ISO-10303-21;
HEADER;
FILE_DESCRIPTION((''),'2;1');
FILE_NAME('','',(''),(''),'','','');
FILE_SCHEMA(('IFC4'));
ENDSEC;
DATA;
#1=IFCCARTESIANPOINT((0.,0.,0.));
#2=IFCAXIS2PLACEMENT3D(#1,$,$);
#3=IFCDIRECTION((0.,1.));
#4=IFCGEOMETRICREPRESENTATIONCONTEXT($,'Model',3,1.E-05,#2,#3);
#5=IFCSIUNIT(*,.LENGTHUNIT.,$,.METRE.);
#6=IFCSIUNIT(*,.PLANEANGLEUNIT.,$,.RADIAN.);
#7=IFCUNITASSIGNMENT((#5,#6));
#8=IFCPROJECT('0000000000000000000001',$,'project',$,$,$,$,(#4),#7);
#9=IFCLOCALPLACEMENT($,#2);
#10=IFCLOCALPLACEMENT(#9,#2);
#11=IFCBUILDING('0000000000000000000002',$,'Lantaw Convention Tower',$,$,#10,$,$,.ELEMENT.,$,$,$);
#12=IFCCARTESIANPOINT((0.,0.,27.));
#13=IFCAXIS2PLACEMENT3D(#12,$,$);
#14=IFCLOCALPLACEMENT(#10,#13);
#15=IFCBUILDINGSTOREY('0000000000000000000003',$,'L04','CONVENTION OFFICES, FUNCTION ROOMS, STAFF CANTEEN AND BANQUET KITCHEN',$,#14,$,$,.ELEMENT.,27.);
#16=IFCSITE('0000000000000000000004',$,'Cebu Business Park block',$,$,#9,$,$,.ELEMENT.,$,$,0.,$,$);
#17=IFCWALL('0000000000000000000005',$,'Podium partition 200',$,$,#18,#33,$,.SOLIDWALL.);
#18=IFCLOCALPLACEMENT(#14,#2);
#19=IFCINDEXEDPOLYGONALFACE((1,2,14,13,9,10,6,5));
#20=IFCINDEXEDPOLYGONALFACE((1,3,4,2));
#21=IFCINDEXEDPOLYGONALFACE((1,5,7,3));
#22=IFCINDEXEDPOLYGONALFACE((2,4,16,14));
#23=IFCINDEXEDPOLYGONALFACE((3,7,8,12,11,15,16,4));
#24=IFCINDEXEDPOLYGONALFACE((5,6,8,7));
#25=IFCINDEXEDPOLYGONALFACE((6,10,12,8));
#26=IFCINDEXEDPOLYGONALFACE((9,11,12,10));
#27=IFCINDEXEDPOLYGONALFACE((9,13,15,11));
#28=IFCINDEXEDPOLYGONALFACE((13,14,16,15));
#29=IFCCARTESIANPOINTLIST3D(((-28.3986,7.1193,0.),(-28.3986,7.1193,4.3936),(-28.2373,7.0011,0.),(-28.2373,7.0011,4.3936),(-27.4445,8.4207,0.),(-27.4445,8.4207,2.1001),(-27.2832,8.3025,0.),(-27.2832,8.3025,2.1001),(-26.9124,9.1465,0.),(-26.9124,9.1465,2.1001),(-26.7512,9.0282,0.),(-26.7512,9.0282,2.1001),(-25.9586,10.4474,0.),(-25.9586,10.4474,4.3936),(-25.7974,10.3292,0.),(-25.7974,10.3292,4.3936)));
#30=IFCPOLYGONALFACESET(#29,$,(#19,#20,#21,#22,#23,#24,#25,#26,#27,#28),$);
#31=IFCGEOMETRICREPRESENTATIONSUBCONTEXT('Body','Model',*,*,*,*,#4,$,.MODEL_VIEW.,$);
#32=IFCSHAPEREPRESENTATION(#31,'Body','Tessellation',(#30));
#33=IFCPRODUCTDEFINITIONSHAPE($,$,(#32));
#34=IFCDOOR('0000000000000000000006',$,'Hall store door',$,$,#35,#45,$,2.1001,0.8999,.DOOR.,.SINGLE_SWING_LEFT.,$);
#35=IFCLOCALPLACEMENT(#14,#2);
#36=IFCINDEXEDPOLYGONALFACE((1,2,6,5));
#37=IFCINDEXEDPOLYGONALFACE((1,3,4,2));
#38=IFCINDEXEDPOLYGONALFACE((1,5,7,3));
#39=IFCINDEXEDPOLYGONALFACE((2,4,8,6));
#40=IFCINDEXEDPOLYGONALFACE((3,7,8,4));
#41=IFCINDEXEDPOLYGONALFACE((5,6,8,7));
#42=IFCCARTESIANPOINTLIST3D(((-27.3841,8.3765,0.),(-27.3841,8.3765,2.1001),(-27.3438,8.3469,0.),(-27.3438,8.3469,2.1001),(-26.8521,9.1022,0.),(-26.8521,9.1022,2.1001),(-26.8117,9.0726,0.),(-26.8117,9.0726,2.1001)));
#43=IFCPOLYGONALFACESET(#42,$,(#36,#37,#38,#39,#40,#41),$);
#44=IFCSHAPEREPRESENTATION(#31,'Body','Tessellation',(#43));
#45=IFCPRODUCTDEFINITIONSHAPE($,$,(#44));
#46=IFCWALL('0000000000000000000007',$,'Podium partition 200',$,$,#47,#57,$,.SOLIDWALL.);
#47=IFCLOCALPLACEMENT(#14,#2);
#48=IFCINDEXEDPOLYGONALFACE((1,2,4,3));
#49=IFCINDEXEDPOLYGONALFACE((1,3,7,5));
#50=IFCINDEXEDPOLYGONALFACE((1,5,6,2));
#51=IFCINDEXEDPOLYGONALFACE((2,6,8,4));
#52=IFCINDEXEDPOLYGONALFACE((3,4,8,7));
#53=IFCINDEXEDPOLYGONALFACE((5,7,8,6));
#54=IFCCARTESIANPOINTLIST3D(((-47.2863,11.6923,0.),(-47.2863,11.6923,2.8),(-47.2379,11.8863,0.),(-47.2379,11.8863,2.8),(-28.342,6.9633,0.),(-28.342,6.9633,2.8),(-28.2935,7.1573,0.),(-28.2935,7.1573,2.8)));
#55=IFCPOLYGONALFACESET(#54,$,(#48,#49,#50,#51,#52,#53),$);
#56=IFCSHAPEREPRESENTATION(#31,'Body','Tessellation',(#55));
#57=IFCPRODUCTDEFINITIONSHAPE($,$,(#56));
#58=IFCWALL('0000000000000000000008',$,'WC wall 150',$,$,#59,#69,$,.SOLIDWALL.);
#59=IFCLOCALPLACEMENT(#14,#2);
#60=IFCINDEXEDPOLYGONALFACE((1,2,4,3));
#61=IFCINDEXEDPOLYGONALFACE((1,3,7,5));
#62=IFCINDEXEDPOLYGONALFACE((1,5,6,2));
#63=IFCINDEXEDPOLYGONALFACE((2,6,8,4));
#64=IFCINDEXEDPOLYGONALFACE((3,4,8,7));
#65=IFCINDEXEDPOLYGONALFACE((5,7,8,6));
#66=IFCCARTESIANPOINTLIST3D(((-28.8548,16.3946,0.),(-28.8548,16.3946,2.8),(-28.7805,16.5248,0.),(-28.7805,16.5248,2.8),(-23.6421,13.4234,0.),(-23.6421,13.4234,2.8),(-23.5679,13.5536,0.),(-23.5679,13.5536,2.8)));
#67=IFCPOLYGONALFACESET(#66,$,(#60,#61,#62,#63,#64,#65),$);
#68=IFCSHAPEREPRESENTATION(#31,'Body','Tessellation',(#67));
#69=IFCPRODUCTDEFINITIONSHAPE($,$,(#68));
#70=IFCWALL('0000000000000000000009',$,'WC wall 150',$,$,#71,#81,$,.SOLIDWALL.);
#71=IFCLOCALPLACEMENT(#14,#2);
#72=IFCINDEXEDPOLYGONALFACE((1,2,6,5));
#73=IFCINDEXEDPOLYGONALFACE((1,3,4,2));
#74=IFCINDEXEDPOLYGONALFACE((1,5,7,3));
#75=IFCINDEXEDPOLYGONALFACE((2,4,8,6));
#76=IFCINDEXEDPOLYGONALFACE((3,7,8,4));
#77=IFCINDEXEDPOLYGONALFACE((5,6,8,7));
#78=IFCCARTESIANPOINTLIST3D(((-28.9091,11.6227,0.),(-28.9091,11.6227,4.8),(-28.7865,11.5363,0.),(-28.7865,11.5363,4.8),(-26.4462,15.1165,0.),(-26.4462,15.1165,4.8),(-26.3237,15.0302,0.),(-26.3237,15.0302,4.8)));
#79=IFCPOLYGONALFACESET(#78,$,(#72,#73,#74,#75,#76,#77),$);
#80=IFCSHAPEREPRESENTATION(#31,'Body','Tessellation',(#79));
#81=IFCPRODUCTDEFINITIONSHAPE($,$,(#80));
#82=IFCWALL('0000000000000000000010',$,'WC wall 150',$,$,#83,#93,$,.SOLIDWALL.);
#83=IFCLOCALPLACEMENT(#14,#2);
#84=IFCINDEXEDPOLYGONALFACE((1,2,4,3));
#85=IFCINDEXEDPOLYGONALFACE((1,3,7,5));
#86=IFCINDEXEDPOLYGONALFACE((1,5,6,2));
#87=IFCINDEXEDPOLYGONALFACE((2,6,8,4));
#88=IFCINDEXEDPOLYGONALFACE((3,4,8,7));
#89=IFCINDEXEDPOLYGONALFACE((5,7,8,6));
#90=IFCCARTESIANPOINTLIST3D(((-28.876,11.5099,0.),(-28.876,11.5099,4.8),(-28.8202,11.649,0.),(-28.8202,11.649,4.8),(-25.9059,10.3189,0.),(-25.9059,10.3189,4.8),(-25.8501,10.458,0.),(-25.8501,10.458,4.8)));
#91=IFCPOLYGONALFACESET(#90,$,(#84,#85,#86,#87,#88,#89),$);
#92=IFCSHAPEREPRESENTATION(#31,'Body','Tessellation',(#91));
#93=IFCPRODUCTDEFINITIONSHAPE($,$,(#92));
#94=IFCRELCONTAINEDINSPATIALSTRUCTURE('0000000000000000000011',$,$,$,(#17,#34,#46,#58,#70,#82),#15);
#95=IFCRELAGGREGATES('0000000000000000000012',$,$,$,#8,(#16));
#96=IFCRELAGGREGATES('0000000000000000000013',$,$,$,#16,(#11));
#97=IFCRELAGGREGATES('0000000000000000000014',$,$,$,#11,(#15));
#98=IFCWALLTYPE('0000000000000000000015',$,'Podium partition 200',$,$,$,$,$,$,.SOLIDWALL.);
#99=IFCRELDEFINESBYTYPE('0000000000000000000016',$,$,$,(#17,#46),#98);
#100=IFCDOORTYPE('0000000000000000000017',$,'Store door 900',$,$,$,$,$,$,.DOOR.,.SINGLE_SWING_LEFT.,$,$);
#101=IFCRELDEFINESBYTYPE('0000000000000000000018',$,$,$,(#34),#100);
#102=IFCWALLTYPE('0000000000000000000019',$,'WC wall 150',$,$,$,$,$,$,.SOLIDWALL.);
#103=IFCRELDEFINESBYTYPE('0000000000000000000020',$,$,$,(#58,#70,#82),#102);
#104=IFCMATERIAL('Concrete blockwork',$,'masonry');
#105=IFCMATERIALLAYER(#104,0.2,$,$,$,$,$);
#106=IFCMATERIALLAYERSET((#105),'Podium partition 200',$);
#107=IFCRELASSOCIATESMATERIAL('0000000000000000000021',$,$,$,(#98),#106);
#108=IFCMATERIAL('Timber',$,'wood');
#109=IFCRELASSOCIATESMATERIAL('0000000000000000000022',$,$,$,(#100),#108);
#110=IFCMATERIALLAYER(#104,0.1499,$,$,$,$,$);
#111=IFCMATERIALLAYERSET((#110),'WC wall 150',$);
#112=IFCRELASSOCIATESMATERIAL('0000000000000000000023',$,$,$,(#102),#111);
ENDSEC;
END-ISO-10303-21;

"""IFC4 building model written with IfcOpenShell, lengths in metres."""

from ifc_helpers import new_model, si_unit, direction, frame, frame_2d, origin, place, context, subcontext, project, spatial, rectangle, extrude, material, layer, layer_set, type_object, element, fill, save


model = new_model("IFC4")

# Units and contexts
model_context = context("Model", 3, precision=1e-05, world=origin(), true_north=direction((0.0, 1.0)))
body_context = subcontext(model_context, "Body", "Model", "MODEL_VIEW")
ifc_project = project(units=[si_unit("LENGTHUNIT", "METRE"), si_unit("PLANEANGLEUNIT", "RADIAN")], contexts=[model_context])

# Site, building, storey
site_placement = place(None, origin())
site = spatial("IfcSite", under=ifc_project, at=site_placement, Name="Cebu Business Park block", CompositionType="ELEMENT", RefElevation=0.0)
building_placement = place(site_placement, origin())
building = spatial("IfcBuilding", under=site, at=building_placement, Name="Lantaw Convention Tower", CompositionType="ELEMENT")
storey_placement = place(building_placement, frame((0.0, 0.0, 27.0)))
storey = spatial("IfcBuildingStorey", under=building, at=storey_placement, Name="L04", Description="CONVENTION OFFICES, FUNCTION ROOMS, STAFF CANTEEN AND BANQUET KITCHEN", CompositionType="ELEMENT", Elevation=27.0)

# Wall, opening, door
ifc_material_1 = material(Name="Concrete blockwork", Category="masonry")
ifc_layer_1 = layer(ifc_material_1, 0.2)
ifc_layer_set_1 = layer_set([ifc_layer_1], Name="Podium partition 200")
wall_type_1 = type_object("IfcWallType", Name="Podium partition 200", PredefinedType="SOLIDWALL", material=ifc_layer_set_1)
ifc_material_2 = material(Name="Timber", Category="wood")
wall_1_placement = place(storey_placement, frame((-25.8779, 10.3884, 0.0), z_axis=(0.0, 0.0, 1.0), x_axis=(-0.591256, -0.806484, 0.0)))
wall_1 = element("IfcWall", 1, at=wall_1_placement, inside=storey, type_object=wall_type_1, Name="Podium partition 200", PredefinedType="SOLIDWALL", context=body_context, shape_type="SweptSolid", body=[
    extrude(rectangle(XDim=4.1267, YDim=0.2, at=frame_2d((2.0635, 0.0))), origin(), (0.0, 0.0, 1.0), 4.3936),
])
opening_1_placement = place(wall_1_placement, frame((1.6133, 0.0, 0.0)))
opening_1 = element("IfcOpeningElement", 2, at=opening_1_placement, cuts=wall_1, PredefinedType="OPENING", context=body_context, shape_type="SweptSolid", body=[
    extrude(rectangle(XDim=0.8999, YDim=2.1001, at=frame_2d((0.45, 1.05))), frame((0.0, 0.1099, 0.0), z_axis=(0.0, -1.0, 0.0), x_axis=(1.0, 0.0, 0.0)), (0.0, 0.0, 1.0), 0.22),
])
door_type_1 = type_object("IfcDoorType", Name="Store door 900", OperationType="SINGLE_SWING_LEFT", PredefinedType="DOOR", material=ifc_material_2)
door_1_placement = place(opening_1_placement, origin())
door_1 = element("IfcDoor", 3, at=door_1_placement, inside=storey, type_object=door_type_1, Name="Hall store door", OperationType="SINGLE_SWING_LEFT", OverallHeight=2.1001, OverallWidth=0.8999, PredefinedType="DOOR", context=body_context, shape_type="SweptSolid", body=[
    extrude(rectangle(XDim=0.8999, YDim=2.1001, at=frame_2d((0.45, 1.05))), frame((0.0, 0.0249, 0.0), z_axis=(0.0, -1.0, 0.0), x_axis=(1.0, 0.0, 0.0)), (0.0, 0.0, 1.0), 0.05),
])
fill(opening_1, door_1)

# Walls
wall_2_placement = place(storey_placement, frame((-28.3179, 7.0603, 0.0), z_axis=(0.0, 0.0, 1.0), x_axis=(-0.970228, 0.242194, 0.0)))
element("IfcWall", 4, at=wall_2_placement, inside=storey, type_object=wall_type_1, Name="Podium partition 200", PredefinedType="SOLIDWALL", context=body_context, shape_type="SweptSolid", body=[
    extrude(rectangle(XDim=19.5256, YDim=0.2, at=frame_2d((9.7627, 0.0))), origin(), (0.0, 0.0, 1.0), 2.8),
])
ifc_layer_2 = layer(ifc_material_1, 0.1499)
ifc_layer_set_2 = layer_set([ifc_layer_2], Name="WC wall 150")
wall_type_2 = type_object("IfcWallType", Name="WC wall 150", PredefinedType="SOLIDWALL", material=ifc_layer_set_2)
wall_3_placement = place(storey_placement, frame((-23.605, 13.4885, 0.0), z_axis=(0.0, 0.0, 1.0), x_axis=(-0.868778, 0.495201, 0.0)))
element("IfcWall", 5, at=wall_3_placement, inside=storey, type_object=wall_type_2, Name="WC wall 150", PredefinedType="SOLIDWALL", context=body_context, shape_type="SweptSolid", body=[
    extrude(rectangle(XDim=6.0, YDim=0.1499, at=frame_2d((3.0, 0.0))), origin(), (0.0, 0.0, 1.0), 2.8),
])
wall_4_placement = place(storey_placement, frame((-26.385, 15.0732, 0.0), z_axis=(0.0, 0.0, 1.0), x_axis=(-0.576154, -0.817341, 0.0)))
element("IfcWall", 6, at=wall_4_placement, inside=storey, type_object=wall_type_2, Name="WC wall 150", PredefinedType="SOLIDWALL", context=body_context, shape_type="SweptSolid", body=[
    extrude(rectangle(XDim=4.2747, YDim=0.1499, at=frame_2d((2.1372, 0.0))), origin(), (0.0, 0.0, 1.0), 4.8),
])
wall_5_placement = place(storey_placement, frame((-25.8779, 10.3884, 0.0), z_axis=(0.0, 0.0, 1.0), x_axis=(-0.928161, 0.37218, 0.0)))
element("IfcWall", 7, at=wall_5_placement, inside=storey, type_object=wall_type_2, Name="WC wall 150", PredefinedType="SOLIDWALL", context=body_context, shape_type="SweptSolid", body=[
    extrude(rectangle(XDim=3.2, YDim=0.1499, at=frame_2d((1.6001, 0.0))), origin(), (0.0, 0.0, 1.0), 4.8),
])

save(model, "model.ifc")
